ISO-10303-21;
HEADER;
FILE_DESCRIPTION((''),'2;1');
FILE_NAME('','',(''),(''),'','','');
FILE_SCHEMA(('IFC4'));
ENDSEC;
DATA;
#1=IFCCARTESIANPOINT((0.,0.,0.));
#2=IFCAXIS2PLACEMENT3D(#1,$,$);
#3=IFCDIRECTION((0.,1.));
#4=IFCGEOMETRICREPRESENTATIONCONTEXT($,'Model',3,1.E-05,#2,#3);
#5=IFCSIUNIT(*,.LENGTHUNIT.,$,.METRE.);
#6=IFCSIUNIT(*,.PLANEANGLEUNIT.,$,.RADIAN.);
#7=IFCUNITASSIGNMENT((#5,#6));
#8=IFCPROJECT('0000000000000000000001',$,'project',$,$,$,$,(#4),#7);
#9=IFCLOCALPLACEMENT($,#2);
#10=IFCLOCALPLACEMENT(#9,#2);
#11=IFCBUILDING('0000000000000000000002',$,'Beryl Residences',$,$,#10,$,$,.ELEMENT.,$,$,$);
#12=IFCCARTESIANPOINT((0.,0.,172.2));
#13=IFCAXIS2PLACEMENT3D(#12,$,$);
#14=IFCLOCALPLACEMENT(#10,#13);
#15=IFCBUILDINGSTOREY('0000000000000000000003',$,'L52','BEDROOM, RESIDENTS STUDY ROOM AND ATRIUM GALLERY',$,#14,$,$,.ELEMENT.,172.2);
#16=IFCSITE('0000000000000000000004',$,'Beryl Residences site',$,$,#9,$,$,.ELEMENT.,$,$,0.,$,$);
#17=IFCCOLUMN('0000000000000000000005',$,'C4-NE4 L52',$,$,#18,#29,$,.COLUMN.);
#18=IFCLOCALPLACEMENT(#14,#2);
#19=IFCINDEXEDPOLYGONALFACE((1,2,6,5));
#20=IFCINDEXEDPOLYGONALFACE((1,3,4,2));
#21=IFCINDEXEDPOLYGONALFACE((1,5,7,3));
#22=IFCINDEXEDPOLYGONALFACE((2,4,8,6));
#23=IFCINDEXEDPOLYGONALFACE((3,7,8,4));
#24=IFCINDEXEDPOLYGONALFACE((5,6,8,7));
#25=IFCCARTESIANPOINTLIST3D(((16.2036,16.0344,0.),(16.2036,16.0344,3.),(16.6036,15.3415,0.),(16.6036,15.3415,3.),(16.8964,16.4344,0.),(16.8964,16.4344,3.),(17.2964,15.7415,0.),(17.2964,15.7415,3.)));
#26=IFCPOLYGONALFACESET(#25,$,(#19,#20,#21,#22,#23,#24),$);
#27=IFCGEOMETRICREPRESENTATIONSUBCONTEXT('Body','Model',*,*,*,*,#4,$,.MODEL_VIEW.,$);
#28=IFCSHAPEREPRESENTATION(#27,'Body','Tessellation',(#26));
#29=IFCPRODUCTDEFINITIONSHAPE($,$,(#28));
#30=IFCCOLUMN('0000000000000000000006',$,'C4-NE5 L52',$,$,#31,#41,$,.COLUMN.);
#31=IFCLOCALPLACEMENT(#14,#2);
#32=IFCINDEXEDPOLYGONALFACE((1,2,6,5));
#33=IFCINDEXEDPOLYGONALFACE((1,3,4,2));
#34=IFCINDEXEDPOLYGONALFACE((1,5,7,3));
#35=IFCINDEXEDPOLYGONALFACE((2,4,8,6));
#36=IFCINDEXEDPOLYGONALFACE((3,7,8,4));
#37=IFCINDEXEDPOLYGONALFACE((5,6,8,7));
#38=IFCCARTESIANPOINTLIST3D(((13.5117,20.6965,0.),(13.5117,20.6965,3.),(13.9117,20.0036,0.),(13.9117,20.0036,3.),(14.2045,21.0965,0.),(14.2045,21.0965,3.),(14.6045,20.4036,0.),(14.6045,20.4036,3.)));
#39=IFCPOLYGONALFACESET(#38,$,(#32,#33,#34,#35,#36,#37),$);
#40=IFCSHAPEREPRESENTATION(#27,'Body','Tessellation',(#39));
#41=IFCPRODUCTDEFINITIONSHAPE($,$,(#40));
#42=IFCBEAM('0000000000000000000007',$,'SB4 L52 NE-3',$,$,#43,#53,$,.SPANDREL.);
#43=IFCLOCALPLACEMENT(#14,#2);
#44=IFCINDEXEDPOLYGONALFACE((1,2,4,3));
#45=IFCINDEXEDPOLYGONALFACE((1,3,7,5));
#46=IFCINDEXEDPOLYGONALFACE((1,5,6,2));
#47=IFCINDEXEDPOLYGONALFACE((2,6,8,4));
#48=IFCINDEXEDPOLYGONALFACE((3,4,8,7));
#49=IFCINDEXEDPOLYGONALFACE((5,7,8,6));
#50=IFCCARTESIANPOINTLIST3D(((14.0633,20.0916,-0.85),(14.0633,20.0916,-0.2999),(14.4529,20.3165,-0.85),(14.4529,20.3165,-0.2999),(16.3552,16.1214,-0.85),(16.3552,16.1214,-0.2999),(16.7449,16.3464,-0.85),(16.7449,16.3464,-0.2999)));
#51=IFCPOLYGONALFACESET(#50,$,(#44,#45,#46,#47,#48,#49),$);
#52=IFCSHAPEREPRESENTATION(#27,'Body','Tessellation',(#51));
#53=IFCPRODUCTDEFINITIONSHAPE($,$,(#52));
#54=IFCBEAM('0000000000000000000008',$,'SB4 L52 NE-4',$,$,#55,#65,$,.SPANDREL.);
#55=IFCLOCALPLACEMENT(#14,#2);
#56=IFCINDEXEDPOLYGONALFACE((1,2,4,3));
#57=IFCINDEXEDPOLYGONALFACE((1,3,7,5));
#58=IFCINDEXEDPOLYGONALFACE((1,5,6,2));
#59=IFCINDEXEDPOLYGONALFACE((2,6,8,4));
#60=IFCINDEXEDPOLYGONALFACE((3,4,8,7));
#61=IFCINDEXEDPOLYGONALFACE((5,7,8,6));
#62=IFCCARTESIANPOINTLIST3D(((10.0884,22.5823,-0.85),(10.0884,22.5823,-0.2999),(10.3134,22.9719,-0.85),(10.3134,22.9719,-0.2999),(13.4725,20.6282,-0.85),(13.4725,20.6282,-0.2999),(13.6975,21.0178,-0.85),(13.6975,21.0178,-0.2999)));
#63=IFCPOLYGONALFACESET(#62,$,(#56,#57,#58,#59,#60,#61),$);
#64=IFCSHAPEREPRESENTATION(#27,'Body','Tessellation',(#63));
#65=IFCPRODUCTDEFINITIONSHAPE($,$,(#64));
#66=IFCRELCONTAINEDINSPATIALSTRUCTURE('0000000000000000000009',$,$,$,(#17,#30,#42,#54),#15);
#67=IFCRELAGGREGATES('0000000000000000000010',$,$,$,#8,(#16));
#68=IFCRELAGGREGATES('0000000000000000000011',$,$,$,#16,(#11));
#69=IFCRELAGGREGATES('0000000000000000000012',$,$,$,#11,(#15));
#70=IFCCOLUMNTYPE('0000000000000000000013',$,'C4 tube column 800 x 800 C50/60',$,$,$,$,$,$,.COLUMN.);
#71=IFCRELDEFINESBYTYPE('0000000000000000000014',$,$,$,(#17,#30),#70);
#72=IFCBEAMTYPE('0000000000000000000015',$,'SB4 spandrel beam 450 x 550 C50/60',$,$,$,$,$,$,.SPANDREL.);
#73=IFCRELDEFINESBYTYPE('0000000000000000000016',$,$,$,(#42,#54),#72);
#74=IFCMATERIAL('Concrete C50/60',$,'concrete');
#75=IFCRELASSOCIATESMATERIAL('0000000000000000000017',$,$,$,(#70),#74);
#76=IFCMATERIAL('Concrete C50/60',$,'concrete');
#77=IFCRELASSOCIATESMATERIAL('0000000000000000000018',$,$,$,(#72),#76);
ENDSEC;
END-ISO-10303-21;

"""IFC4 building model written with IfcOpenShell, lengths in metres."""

from ifc_helpers import new_model, si_unit, direction, frame, origin, origin_2d, place, context, subcontext, project, spatial, rectangle, extrude, material, material_profile, profile_set, type_object, element, save


model = new_model("IFC4")

# Units and contexts
model_context = context("Model", 3, precision=1e-05, world=origin(), true_north=direction((0.0, 1.0)))
body_context = subcontext(model_context, "Body", "Model", "MODEL_VIEW")
ifc_project = project(units=[si_unit("LENGTHUNIT", "METRE"), si_unit("PLANEANGLEUNIT", "RADIAN")], contexts=[model_context])

# Site, building, storey
site_placement = place(None, origin())
site = spatial("IfcSite", under=ifc_project, at=site_placement, Name="Beryl Residences site", CompositionType="ELEMENT", RefElevation=0.0)
building_placement = place(site_placement, origin())
building = spatial("IfcBuilding", under=site, at=building_placement, Name="Beryl Residences", CompositionType="ELEMENT")
storey_placement = place(building_placement, frame((0.0, 0.0, 172.2)))
storey = spatial("IfcBuildingStorey", under=building, at=storey_placement, Name="L52", Description="BEDROOM, RESIDENTS STUDY ROOM AND ATRIUM GALLERY", CompositionType="ELEMENT", Elevation=172.2)

# Columns
ifc_material_1 = material(Name="Concrete C50/60", Category="concrete")
ifc_material_profile_1 = material_profile(ifc_material_1, rectangle(XDim=0.8, YDim=0.8, at=origin_2d()))
ifc_profile_set_1 = profile_set([ifc_material_profile_1], Name="Concrete C50/60")
column_type = type_object("IfcColumnType", Name="C4 tube column 800 x 800 C50/60", PredefinedType="COLUMN", material=ifc_profile_set_1)
for number, where, z_axis, x_axis, name in (
    (1, (16.75, 15.8879, 0.0), (0.0, 0.0, 1.0), (-0.5, 0.866025, 0.0), "C4-NE4 L52"),
    (2, (14.0581, 20.55, 0.0), (0.0, 0.0, 1.0), (-0.5, 0.866025, 0.0), "C4-NE5 L52"),
):
    element("IfcColumn", number, at=place(storey_placement, frame(where, z_axis=z_axis, x_axis=x_axis)), inside=storey, type_object=column_type, Name=name, PredefinedType="COLUMN", context=body_context, shape_type="SweptSolid", body=[
        extrude(rectangle(XDim=0.8, YDim=0.8, at=origin_2d()), origin(), (0.0, 0.0, 1.0), 3.0),
    ])

# Beams
ifc_material_2 = material(Name="Concrete C50/60", Category="concrete")
ifc_material_profile_2 = material_profile(ifc_material_2, rectangle(XDim=0.45, YDim=0.55, at=origin_2d()))
ifc_profile_set_2 = profile_set([ifc_material_profile_2], Name="Concrete C50/60")
beam_type = type_object("IfcBeamType", Name="SB4 spandrel beam 450 x 550 C50/60", PredefinedType="SPANDREL", material=ifc_profile_set_2)
beam_1_placement = place(storey_placement, frame((16.55, 16.2339, -0.575), z_axis=(-0.499965, 0.866045, 0.0), x_axis=(-0.866045, -0.499965, 0.0)))
element("IfcBeam", 3, at=beam_1_placement, inside=storey, type_object=beam_type, Name="SB4 L52 NE-3", PredefinedType="SPANDREL", context=body_context, shape_type="SweptSolid", body=[
    extrude(rectangle(XDim=0.45, YDim=0.55, at=origin_2d()), origin(), (0.0, 0.0, 1.0), 4.5842),
])
beam_2_placement = place(storey_placement, frame((13.585, 20.823, -0.575), z_axis=(-0.865989, 0.500063, 0.0), x_axis=(-0.500063, -0.865989, 0.0)))
element("IfcBeam", 4, at=beam_2_placement, inside=storey, type_object=beam_type, Name="SB4 L52 NE-4", PredefinedType="SPANDREL", context=body_context, shape_type="SweptSolid", body=[
    extrude(rectangle(XDim=0.45, YDim=0.55, at=origin_2d()), origin(), (0.0, 0.0, 1.0), 3.9077),
])

save(model, "model.ifc")
